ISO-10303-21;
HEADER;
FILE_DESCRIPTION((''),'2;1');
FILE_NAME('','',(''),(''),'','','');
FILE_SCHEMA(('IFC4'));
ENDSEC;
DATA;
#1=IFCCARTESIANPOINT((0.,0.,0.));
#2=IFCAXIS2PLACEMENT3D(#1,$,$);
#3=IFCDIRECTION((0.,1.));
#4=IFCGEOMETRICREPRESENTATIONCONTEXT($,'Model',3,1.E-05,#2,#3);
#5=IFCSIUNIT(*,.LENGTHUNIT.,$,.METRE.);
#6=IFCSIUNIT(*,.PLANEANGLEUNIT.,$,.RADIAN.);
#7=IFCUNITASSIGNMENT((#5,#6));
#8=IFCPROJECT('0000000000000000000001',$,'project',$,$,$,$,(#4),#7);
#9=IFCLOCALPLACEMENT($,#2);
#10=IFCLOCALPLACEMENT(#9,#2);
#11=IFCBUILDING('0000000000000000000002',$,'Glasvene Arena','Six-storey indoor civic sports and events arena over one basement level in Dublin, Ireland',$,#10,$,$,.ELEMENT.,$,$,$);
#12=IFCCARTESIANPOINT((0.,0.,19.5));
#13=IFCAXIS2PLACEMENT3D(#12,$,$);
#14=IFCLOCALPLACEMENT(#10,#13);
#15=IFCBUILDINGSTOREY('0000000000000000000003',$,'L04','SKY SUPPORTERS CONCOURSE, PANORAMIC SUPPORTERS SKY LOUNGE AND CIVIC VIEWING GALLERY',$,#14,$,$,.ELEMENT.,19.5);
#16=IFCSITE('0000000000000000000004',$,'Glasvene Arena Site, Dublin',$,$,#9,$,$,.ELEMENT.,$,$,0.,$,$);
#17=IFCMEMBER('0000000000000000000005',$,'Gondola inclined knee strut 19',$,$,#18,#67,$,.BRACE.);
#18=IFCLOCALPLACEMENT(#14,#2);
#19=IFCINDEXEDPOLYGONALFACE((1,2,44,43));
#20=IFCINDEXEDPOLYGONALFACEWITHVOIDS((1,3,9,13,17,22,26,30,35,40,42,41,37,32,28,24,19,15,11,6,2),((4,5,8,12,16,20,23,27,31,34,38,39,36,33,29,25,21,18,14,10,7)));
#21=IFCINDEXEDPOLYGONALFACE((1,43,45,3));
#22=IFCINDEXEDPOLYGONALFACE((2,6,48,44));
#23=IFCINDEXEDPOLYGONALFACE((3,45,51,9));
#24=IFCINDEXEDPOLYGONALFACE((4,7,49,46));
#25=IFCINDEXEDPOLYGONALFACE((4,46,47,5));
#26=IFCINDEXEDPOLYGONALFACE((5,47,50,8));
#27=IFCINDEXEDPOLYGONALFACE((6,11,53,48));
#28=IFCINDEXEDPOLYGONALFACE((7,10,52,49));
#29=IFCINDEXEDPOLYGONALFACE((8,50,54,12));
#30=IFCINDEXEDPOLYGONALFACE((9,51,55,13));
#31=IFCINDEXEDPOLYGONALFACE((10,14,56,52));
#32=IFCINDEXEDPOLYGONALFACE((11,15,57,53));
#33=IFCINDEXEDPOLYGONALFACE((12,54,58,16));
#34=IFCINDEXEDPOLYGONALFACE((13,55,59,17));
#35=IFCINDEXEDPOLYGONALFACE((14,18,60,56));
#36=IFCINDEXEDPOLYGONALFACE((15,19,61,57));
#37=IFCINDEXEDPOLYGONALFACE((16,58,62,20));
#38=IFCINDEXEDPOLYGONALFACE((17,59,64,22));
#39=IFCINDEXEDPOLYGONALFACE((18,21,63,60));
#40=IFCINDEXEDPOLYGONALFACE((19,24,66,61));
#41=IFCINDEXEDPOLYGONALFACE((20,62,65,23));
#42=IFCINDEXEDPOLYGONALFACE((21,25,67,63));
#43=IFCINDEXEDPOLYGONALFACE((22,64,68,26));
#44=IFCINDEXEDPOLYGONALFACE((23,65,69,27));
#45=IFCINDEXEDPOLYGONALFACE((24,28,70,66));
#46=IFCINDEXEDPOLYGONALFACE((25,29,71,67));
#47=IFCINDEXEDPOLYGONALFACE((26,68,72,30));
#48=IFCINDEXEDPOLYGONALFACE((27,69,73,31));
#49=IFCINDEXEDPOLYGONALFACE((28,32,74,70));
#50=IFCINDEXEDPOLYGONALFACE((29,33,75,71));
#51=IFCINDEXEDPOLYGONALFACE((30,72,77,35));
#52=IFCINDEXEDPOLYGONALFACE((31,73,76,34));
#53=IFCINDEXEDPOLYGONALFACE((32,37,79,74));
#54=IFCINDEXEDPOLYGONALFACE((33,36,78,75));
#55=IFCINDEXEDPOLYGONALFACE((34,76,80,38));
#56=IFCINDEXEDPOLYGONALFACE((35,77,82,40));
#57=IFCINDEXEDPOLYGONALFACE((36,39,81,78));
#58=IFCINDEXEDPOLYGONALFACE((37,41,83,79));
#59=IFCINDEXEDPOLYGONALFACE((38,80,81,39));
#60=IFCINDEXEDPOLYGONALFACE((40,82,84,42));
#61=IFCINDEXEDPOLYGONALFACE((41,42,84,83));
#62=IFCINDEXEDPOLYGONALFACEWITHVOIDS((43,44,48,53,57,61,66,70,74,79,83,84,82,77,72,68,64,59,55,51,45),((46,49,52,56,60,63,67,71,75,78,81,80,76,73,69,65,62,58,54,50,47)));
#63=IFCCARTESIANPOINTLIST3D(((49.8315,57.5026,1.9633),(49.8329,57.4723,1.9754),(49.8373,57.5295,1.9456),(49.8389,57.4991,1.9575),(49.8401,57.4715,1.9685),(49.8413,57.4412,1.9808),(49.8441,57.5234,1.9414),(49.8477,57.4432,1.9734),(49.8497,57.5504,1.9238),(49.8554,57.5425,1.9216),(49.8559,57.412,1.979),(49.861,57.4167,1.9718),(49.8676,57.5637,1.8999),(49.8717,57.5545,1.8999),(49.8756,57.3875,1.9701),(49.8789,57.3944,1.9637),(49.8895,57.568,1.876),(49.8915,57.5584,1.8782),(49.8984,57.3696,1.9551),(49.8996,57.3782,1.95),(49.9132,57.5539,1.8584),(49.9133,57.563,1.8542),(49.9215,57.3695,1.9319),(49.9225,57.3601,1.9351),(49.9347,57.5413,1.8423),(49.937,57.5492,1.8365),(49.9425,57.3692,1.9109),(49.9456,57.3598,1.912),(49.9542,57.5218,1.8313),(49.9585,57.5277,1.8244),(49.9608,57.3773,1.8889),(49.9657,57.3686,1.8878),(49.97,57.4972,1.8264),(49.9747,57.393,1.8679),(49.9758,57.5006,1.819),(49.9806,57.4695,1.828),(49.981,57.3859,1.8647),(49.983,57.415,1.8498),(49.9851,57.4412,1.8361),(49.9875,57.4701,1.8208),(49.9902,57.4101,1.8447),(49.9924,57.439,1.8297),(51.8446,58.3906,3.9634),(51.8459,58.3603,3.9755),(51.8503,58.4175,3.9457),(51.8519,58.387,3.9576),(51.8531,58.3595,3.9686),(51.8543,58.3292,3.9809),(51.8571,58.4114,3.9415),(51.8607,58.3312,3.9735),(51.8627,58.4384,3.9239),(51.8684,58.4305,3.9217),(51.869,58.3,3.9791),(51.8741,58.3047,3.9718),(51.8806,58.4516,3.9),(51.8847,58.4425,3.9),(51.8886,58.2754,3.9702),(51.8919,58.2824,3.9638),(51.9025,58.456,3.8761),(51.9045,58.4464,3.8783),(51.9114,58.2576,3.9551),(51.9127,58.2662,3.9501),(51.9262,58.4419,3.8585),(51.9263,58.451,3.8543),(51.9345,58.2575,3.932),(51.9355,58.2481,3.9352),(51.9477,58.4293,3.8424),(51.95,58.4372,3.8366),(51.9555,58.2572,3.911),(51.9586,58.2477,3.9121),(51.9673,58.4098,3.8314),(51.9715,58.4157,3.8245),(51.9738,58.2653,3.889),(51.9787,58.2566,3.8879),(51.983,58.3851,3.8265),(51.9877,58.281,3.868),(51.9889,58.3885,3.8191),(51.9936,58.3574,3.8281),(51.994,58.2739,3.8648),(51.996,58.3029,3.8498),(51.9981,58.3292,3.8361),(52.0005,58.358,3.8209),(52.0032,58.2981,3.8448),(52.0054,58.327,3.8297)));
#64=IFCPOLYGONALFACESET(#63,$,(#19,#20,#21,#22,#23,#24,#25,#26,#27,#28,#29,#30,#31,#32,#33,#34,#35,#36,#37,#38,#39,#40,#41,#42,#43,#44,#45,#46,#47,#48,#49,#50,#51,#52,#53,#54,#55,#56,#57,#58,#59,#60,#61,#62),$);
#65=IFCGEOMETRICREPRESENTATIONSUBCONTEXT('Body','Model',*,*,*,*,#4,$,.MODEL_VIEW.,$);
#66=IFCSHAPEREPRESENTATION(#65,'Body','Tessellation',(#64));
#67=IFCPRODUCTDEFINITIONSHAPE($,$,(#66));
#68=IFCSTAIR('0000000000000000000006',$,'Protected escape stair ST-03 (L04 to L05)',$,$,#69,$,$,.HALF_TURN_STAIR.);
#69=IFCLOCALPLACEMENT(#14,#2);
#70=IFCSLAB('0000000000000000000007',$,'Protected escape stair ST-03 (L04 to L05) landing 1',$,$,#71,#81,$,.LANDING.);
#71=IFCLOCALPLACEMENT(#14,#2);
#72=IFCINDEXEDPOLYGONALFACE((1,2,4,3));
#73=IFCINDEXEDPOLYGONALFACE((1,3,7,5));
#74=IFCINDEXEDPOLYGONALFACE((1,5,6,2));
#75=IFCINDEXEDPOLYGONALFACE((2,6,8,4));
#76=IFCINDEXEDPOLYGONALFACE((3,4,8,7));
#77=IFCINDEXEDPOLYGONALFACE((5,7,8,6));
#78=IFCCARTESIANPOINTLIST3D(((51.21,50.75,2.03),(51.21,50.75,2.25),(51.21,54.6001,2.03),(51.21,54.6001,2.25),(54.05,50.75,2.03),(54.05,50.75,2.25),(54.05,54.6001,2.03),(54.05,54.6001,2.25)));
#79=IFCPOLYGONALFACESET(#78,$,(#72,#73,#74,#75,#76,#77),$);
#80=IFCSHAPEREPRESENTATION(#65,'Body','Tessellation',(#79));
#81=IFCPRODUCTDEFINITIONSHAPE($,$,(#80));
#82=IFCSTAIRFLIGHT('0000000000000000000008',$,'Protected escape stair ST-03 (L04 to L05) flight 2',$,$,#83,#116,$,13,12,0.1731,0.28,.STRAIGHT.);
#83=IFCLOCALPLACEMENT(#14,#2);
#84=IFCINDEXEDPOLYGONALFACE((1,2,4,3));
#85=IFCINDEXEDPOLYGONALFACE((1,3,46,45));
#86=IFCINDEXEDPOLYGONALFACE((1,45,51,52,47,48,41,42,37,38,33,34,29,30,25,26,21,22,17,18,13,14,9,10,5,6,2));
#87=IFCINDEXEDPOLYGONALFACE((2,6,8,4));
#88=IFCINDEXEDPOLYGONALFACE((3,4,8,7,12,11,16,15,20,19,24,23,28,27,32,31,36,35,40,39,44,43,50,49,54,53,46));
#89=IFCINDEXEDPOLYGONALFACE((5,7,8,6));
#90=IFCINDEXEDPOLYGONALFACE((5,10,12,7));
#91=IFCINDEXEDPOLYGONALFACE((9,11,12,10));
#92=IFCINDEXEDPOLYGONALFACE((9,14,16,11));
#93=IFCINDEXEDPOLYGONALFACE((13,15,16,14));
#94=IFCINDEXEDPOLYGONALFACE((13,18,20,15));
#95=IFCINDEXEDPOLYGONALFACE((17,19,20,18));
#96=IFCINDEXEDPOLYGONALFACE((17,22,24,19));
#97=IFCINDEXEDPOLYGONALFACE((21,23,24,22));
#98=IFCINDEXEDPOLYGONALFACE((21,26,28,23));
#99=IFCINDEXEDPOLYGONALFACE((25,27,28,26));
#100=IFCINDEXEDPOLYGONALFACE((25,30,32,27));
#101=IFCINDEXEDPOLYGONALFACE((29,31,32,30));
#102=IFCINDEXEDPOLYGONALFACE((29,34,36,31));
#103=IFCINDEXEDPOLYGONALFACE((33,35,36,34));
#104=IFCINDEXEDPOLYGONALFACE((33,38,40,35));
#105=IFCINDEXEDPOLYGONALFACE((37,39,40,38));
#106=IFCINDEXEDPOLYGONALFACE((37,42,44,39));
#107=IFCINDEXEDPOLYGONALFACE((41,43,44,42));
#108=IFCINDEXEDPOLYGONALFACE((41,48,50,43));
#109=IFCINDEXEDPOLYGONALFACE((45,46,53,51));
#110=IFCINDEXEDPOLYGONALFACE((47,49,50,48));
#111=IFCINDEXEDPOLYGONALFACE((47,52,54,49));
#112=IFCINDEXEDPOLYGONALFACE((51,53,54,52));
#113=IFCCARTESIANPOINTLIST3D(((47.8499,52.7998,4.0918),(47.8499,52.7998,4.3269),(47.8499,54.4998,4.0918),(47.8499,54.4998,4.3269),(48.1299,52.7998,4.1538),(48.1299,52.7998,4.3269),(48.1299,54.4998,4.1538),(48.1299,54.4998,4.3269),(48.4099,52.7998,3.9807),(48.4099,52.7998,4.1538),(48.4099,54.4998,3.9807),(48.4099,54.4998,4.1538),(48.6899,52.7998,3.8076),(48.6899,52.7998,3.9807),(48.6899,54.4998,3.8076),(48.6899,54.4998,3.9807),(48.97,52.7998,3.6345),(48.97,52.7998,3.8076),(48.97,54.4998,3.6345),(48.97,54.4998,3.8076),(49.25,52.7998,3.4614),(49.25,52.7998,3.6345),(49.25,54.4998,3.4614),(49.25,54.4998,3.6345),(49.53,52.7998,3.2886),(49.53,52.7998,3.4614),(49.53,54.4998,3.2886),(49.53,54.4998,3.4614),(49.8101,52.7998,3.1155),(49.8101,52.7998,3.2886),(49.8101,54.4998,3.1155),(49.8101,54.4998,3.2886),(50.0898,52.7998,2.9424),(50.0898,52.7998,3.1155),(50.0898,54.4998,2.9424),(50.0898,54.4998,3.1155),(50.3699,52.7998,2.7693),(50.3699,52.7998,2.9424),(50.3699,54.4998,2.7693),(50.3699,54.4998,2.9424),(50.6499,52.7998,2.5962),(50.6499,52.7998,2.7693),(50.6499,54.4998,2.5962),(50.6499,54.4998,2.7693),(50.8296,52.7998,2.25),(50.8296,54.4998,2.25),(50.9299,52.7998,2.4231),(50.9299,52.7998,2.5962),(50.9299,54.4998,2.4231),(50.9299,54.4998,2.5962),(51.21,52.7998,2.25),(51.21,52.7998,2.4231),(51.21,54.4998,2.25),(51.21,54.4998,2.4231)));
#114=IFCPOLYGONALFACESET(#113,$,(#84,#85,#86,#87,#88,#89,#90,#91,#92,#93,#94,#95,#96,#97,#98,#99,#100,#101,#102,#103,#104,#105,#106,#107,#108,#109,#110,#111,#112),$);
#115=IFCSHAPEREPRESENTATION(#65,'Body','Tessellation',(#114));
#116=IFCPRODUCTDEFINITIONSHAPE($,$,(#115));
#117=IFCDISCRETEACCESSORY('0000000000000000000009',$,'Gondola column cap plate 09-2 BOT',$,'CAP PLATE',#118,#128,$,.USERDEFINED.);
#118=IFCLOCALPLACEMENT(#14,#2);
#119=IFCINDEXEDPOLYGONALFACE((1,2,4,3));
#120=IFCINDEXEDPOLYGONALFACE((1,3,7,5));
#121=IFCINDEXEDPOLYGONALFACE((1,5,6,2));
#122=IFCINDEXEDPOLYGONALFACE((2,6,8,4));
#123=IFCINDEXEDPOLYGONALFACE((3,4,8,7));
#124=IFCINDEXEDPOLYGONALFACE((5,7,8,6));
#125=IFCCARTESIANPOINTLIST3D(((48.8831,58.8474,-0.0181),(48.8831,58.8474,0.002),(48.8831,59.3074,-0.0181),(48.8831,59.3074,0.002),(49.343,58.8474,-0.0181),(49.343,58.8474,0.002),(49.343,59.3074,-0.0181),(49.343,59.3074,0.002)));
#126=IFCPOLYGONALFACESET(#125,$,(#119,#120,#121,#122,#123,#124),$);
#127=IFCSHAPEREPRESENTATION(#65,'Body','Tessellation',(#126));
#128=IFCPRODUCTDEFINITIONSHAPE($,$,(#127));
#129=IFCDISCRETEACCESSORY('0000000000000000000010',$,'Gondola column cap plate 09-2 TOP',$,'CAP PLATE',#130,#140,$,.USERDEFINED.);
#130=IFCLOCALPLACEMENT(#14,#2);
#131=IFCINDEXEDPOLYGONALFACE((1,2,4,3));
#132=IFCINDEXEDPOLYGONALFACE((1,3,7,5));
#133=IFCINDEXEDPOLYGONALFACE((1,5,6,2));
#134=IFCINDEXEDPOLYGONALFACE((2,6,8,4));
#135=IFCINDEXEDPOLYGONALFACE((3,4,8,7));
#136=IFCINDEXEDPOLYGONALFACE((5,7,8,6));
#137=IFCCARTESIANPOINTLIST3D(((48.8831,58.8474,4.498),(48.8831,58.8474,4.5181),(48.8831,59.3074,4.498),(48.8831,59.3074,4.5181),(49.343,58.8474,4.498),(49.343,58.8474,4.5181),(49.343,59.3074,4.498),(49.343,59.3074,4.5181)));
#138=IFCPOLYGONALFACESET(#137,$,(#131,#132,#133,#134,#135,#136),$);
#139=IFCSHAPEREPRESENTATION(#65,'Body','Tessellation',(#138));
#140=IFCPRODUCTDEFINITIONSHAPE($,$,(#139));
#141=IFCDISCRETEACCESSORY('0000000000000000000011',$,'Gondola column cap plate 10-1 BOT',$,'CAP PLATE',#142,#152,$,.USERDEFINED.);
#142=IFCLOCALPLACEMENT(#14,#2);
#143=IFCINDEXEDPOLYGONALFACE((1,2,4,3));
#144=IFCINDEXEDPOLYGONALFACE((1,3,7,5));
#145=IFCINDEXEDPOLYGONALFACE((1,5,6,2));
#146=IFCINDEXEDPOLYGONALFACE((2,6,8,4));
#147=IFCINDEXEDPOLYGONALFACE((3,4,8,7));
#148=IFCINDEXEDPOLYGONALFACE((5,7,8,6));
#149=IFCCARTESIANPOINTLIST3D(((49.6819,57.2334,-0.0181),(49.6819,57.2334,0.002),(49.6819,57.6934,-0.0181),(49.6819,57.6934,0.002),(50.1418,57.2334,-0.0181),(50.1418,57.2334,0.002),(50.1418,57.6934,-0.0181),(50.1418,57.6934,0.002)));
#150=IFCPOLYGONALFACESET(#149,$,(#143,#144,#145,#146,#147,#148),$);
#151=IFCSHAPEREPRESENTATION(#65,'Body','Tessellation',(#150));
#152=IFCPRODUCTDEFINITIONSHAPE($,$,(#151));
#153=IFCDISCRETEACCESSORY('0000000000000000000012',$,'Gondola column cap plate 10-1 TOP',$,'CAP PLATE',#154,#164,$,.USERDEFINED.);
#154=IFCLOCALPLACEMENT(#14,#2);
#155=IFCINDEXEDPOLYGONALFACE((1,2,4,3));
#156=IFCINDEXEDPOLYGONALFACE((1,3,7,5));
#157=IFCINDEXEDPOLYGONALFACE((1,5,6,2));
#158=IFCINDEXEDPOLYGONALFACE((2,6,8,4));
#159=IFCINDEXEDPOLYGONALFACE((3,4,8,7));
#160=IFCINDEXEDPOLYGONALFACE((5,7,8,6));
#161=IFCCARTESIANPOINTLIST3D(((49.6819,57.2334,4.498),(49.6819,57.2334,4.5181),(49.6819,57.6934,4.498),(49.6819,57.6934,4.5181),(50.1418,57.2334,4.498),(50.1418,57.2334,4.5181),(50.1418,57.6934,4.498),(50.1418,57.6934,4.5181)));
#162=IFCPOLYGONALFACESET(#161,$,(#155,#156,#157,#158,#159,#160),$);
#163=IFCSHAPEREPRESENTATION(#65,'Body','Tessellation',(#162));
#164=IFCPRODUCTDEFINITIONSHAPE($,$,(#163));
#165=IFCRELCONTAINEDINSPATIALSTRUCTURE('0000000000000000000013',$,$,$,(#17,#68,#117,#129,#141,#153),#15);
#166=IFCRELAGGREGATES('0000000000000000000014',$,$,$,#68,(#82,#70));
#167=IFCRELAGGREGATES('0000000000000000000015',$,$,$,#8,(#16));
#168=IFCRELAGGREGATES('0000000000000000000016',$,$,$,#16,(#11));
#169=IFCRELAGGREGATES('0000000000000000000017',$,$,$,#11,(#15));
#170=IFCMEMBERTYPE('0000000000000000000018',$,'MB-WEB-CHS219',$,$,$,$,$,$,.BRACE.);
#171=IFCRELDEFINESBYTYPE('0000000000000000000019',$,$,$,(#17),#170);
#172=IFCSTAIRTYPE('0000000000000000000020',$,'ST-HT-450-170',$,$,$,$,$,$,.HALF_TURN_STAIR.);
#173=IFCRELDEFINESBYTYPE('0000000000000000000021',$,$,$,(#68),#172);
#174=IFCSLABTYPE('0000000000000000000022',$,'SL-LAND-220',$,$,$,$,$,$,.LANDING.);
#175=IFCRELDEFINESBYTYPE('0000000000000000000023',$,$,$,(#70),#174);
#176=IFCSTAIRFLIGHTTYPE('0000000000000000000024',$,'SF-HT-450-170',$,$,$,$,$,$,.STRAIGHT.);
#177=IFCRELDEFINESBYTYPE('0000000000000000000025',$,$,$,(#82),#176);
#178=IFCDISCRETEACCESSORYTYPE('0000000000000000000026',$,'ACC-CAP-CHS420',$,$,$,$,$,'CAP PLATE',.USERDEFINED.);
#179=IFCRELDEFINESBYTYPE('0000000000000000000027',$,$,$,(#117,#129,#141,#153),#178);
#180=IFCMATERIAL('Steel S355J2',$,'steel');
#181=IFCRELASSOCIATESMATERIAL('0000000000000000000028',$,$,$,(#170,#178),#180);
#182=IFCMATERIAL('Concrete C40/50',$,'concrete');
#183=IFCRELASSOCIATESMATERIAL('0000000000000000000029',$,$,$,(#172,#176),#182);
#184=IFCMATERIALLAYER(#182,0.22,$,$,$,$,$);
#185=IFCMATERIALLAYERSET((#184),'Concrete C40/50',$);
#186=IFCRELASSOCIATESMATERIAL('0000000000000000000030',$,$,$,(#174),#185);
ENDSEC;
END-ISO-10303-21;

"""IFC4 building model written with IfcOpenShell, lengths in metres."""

from ifc_helpers import new_model, si_unit, direction, frame, origin, origin_2d, place, context, subcontext, project, spatial, polyline, rectangle, hollow_circle, outline, extrude, material, layer, layer_set, material_profile, profile_set, type_object, element, aggregate, save


model = new_model("IFC4")

# Units and contexts
model_context = context("Model", 3, precision=1e-05, world=origin(), true_north=direction((0.0, 1.0)))
body_context = subcontext(model_context, "Body", "Model", "MODEL_VIEW")
ifc_project = project(units=[si_unit("LENGTHUNIT", "METRE"), si_unit("PLANEANGLEUNIT", "RADIAN")], contexts=[model_context])

# Site, building, storey
site_placement = place(None, origin())
site = spatial("IfcSite", under=ifc_project, at=site_placement, Name="Glasvene Arena Site, Dublin", CompositionType="ELEMENT", RefElevation=0.0)
building_placement = place(site_placement, origin())
building = spatial("IfcBuilding", under=site, at=building_placement, Name="Glasvene Arena", Description="Six-storey indoor civic sports and events arena over one basement level in Dublin, Ireland", CompositionType="ELEMENT")
storey_placement = place(building_placement, frame((0.0, 0.0, 19.5)))
storey = spatial("IfcBuildingStorey", under=building, at=storey_placement, Name="L04", Description="SKY SUPPORTERS CONCOURSE, PANORAMIC SUPPORTERS SKY LOUNGE AND CIVIC VIEWING GALLERY", CompositionType="ELEMENT", Elevation=19.5)

# Shared definitions
ifc_material_1 = material(Name="Steel S355J2", Category="steel")

# Member
ifc_material_profile_1 = material_profile(ifc_material_1, hollow_circle(Radius=0.1096, WallThickness=0.01, at=origin_2d()), Name="CHS 219.1x10.0")
ifc_profile_set_1 = profile_set([ifc_material_profile_1], Name="Steel S355J2")
member_type = type_object("IfcMemberType", Name="MB-WEB-CHS219", PredefinedType="BRACE", material=ifc_profile_set_1)
for number, where, z_axis, x_axis, name in (
    (1, (49.9119, 57.4634, 1.8999), (0.677011, 0.29864, 0.672659), (-0.403594, 0.914938, 0.0), "Gondola inclined knee strut 19"),
):
    element("IfcMember", number, at=place(storey_placement, frame(where, z_axis=z_axis, x_axis=x_axis)), inside=storey, type_object=member_type, Name=name, PredefinedType="BRACE", context=body_context, shape_type="SweptSolid", body=[
        extrude(hollow_circle(Radius=0.1096, WallThickness=0.01, at=origin_2d()), origin(), (0.0, 0.0, 1.0), 2.9734),
    ])

# Stair, slab, stair flight
ifc_material_2 = material(Name="Concrete C40/50", Category="concrete")
stair_type = type_object("IfcStairType", Name="ST-HT-450-170", PredefinedType="HALF_TURN_STAIR", material=ifc_material_2)
stair_placement = place(storey_placement, origin())
stair = element("IfcStair", 2, at=stair_placement, inside=storey, type_object=stair_type, Name="Protected escape stair ST-03 (L04 to L05)", PredefinedType="HALF_TURN_STAIR")
ifc_layer_1 = layer(ifc_material_2, 0.22)
ifc_layer_set_1 = layer_set([ifc_layer_1], Name="Concrete C40/50")
slab_type = type_object("IfcSlabType", Name="SL-LAND-220", PredefinedType="LANDING", material=ifc_layer_set_1)
slab_placement = place(storey_placement, frame((52.6299, 52.675, 2.03)))
slab = element("IfcSlab", 3, at=slab_placement, type_object=slab_type, Name="Protected escape stair ST-03 (L04 to L05) landing 1", PredefinedType="LANDING", context=body_context, shape_type="SweptSolid", body=[
    extrude(outline(polyline([(-1.4199, -1.925), (1.4202, -1.925), (1.4202, 1.925), (-1.4199, 1.925), (-1.4199, -1.925)])), origin(), (0.0, 0.0, 1.0), 0.22),
])
stair_flight_type = type_object("IfcStairFlightType", Name="SF-HT-450-170", PredefinedType="STRAIGHT", material=ifc_material_2)
stair_flight_placement = place(storey_placement, frame((51.21, 53.6499, 2.25), z_axis=(0.0, 0.0, 1.0), x_axis=(-1.0, 0.0, 0.0)))
stair_flight = element("IfcStairFlight", 4, at=stair_flight_placement, type_object=stair_flight_type, Name="Protected escape stair ST-03 (L04 to L05) flight 2", NumberOfRisers=13, NumberOfTreads=12, PredefinedType="STRAIGHT", RiserHeight=0.1731, TreadLength=0.28, context=body_context, shape_type="SweptSolid", body=[
    extrude(outline(polyline([(0.0, 0.0), (0.0, 0.1731), (0.28, 0.1731), (0.28, 0.3462), (0.5601, 0.3462), (0.5601, 0.5193), (0.8401, 0.5193), (0.8401, 0.6924), (1.1201, 0.6924), (1.1201, 0.8655), (1.3999, 0.8655), (1.3999, 1.0386), (1.6799, 1.0386), (1.6799, 1.2114), (1.96, 1.2114), (1.96, 1.3845), (2.24, 1.3845), (2.24, 1.5576), (2.52, 1.5576), (2.52, 1.7307), (2.8, 1.7307), (2.8, 1.9038), (3.0801, 1.9038), (3.0801, 2.0769), (3.3601, 2.0769), (3.3601, 2.25), (3.3601, 1.8418), (0.3804, 0.0), (0.0, 0.0)])), frame((0.0, 0.8501, 0.0), z_axis=(0.0, -1.0, 0.0), x_axis=(1.0, 0.0, 0.0)), (0.0, 0.0, 1.0), 1.7),
])
aggregate(stair, [stair_flight, slab])

# Discrete accessories
discrete_accessory_type = type_object("IfcDiscreteAccessoryType", Name="ACC-CAP-CHS420", ElementType="CAP PLATE", PredefinedType="USERDEFINED", material=ifc_material_1)
for number, where, z_axis, x_axis, name in (
    (5, (49.113, 59.0774, -0.0181), (0.0, 0.0, 1.0), (1.0, 0.0, 0.0), "Gondola column cap plate 09-2 BOT"),
    (6, (49.113, 59.0774, 4.498), (0.0, 0.0, 1.0), (1.0, 0.0, 0.0), "Gondola column cap plate 09-2 TOP"),
    (7, (49.9119, 57.4634, -0.0181), (0.0, 0.0, 1.0), (1.0, 0.0, 0.0), "Gondola column cap plate 10-1 BOT"),
    (8, (49.9119, 57.4634, 4.498), (0.0, 0.0, 1.0), (1.0, 0.0, 0.0), "Gondola column cap plate 10-1 TOP"),
):
    element("IfcDiscreteAccessory", number, at=place(storey_placement, frame(where, z_axis=z_axis, x_axis=x_axis)), inside=storey, type_object=discrete_accessory_type, Name=name, ObjectType="CAP PLATE", PredefinedType="USERDEFINED", context=body_context, shape_type="SweptSolid", body=[
        extrude(rectangle(XDim=0.46, YDim=0.46, at=origin_2d()), origin(), (0.0, 0.0, 1.0), 0.02),
    ])

save(model, "model.ifc")
